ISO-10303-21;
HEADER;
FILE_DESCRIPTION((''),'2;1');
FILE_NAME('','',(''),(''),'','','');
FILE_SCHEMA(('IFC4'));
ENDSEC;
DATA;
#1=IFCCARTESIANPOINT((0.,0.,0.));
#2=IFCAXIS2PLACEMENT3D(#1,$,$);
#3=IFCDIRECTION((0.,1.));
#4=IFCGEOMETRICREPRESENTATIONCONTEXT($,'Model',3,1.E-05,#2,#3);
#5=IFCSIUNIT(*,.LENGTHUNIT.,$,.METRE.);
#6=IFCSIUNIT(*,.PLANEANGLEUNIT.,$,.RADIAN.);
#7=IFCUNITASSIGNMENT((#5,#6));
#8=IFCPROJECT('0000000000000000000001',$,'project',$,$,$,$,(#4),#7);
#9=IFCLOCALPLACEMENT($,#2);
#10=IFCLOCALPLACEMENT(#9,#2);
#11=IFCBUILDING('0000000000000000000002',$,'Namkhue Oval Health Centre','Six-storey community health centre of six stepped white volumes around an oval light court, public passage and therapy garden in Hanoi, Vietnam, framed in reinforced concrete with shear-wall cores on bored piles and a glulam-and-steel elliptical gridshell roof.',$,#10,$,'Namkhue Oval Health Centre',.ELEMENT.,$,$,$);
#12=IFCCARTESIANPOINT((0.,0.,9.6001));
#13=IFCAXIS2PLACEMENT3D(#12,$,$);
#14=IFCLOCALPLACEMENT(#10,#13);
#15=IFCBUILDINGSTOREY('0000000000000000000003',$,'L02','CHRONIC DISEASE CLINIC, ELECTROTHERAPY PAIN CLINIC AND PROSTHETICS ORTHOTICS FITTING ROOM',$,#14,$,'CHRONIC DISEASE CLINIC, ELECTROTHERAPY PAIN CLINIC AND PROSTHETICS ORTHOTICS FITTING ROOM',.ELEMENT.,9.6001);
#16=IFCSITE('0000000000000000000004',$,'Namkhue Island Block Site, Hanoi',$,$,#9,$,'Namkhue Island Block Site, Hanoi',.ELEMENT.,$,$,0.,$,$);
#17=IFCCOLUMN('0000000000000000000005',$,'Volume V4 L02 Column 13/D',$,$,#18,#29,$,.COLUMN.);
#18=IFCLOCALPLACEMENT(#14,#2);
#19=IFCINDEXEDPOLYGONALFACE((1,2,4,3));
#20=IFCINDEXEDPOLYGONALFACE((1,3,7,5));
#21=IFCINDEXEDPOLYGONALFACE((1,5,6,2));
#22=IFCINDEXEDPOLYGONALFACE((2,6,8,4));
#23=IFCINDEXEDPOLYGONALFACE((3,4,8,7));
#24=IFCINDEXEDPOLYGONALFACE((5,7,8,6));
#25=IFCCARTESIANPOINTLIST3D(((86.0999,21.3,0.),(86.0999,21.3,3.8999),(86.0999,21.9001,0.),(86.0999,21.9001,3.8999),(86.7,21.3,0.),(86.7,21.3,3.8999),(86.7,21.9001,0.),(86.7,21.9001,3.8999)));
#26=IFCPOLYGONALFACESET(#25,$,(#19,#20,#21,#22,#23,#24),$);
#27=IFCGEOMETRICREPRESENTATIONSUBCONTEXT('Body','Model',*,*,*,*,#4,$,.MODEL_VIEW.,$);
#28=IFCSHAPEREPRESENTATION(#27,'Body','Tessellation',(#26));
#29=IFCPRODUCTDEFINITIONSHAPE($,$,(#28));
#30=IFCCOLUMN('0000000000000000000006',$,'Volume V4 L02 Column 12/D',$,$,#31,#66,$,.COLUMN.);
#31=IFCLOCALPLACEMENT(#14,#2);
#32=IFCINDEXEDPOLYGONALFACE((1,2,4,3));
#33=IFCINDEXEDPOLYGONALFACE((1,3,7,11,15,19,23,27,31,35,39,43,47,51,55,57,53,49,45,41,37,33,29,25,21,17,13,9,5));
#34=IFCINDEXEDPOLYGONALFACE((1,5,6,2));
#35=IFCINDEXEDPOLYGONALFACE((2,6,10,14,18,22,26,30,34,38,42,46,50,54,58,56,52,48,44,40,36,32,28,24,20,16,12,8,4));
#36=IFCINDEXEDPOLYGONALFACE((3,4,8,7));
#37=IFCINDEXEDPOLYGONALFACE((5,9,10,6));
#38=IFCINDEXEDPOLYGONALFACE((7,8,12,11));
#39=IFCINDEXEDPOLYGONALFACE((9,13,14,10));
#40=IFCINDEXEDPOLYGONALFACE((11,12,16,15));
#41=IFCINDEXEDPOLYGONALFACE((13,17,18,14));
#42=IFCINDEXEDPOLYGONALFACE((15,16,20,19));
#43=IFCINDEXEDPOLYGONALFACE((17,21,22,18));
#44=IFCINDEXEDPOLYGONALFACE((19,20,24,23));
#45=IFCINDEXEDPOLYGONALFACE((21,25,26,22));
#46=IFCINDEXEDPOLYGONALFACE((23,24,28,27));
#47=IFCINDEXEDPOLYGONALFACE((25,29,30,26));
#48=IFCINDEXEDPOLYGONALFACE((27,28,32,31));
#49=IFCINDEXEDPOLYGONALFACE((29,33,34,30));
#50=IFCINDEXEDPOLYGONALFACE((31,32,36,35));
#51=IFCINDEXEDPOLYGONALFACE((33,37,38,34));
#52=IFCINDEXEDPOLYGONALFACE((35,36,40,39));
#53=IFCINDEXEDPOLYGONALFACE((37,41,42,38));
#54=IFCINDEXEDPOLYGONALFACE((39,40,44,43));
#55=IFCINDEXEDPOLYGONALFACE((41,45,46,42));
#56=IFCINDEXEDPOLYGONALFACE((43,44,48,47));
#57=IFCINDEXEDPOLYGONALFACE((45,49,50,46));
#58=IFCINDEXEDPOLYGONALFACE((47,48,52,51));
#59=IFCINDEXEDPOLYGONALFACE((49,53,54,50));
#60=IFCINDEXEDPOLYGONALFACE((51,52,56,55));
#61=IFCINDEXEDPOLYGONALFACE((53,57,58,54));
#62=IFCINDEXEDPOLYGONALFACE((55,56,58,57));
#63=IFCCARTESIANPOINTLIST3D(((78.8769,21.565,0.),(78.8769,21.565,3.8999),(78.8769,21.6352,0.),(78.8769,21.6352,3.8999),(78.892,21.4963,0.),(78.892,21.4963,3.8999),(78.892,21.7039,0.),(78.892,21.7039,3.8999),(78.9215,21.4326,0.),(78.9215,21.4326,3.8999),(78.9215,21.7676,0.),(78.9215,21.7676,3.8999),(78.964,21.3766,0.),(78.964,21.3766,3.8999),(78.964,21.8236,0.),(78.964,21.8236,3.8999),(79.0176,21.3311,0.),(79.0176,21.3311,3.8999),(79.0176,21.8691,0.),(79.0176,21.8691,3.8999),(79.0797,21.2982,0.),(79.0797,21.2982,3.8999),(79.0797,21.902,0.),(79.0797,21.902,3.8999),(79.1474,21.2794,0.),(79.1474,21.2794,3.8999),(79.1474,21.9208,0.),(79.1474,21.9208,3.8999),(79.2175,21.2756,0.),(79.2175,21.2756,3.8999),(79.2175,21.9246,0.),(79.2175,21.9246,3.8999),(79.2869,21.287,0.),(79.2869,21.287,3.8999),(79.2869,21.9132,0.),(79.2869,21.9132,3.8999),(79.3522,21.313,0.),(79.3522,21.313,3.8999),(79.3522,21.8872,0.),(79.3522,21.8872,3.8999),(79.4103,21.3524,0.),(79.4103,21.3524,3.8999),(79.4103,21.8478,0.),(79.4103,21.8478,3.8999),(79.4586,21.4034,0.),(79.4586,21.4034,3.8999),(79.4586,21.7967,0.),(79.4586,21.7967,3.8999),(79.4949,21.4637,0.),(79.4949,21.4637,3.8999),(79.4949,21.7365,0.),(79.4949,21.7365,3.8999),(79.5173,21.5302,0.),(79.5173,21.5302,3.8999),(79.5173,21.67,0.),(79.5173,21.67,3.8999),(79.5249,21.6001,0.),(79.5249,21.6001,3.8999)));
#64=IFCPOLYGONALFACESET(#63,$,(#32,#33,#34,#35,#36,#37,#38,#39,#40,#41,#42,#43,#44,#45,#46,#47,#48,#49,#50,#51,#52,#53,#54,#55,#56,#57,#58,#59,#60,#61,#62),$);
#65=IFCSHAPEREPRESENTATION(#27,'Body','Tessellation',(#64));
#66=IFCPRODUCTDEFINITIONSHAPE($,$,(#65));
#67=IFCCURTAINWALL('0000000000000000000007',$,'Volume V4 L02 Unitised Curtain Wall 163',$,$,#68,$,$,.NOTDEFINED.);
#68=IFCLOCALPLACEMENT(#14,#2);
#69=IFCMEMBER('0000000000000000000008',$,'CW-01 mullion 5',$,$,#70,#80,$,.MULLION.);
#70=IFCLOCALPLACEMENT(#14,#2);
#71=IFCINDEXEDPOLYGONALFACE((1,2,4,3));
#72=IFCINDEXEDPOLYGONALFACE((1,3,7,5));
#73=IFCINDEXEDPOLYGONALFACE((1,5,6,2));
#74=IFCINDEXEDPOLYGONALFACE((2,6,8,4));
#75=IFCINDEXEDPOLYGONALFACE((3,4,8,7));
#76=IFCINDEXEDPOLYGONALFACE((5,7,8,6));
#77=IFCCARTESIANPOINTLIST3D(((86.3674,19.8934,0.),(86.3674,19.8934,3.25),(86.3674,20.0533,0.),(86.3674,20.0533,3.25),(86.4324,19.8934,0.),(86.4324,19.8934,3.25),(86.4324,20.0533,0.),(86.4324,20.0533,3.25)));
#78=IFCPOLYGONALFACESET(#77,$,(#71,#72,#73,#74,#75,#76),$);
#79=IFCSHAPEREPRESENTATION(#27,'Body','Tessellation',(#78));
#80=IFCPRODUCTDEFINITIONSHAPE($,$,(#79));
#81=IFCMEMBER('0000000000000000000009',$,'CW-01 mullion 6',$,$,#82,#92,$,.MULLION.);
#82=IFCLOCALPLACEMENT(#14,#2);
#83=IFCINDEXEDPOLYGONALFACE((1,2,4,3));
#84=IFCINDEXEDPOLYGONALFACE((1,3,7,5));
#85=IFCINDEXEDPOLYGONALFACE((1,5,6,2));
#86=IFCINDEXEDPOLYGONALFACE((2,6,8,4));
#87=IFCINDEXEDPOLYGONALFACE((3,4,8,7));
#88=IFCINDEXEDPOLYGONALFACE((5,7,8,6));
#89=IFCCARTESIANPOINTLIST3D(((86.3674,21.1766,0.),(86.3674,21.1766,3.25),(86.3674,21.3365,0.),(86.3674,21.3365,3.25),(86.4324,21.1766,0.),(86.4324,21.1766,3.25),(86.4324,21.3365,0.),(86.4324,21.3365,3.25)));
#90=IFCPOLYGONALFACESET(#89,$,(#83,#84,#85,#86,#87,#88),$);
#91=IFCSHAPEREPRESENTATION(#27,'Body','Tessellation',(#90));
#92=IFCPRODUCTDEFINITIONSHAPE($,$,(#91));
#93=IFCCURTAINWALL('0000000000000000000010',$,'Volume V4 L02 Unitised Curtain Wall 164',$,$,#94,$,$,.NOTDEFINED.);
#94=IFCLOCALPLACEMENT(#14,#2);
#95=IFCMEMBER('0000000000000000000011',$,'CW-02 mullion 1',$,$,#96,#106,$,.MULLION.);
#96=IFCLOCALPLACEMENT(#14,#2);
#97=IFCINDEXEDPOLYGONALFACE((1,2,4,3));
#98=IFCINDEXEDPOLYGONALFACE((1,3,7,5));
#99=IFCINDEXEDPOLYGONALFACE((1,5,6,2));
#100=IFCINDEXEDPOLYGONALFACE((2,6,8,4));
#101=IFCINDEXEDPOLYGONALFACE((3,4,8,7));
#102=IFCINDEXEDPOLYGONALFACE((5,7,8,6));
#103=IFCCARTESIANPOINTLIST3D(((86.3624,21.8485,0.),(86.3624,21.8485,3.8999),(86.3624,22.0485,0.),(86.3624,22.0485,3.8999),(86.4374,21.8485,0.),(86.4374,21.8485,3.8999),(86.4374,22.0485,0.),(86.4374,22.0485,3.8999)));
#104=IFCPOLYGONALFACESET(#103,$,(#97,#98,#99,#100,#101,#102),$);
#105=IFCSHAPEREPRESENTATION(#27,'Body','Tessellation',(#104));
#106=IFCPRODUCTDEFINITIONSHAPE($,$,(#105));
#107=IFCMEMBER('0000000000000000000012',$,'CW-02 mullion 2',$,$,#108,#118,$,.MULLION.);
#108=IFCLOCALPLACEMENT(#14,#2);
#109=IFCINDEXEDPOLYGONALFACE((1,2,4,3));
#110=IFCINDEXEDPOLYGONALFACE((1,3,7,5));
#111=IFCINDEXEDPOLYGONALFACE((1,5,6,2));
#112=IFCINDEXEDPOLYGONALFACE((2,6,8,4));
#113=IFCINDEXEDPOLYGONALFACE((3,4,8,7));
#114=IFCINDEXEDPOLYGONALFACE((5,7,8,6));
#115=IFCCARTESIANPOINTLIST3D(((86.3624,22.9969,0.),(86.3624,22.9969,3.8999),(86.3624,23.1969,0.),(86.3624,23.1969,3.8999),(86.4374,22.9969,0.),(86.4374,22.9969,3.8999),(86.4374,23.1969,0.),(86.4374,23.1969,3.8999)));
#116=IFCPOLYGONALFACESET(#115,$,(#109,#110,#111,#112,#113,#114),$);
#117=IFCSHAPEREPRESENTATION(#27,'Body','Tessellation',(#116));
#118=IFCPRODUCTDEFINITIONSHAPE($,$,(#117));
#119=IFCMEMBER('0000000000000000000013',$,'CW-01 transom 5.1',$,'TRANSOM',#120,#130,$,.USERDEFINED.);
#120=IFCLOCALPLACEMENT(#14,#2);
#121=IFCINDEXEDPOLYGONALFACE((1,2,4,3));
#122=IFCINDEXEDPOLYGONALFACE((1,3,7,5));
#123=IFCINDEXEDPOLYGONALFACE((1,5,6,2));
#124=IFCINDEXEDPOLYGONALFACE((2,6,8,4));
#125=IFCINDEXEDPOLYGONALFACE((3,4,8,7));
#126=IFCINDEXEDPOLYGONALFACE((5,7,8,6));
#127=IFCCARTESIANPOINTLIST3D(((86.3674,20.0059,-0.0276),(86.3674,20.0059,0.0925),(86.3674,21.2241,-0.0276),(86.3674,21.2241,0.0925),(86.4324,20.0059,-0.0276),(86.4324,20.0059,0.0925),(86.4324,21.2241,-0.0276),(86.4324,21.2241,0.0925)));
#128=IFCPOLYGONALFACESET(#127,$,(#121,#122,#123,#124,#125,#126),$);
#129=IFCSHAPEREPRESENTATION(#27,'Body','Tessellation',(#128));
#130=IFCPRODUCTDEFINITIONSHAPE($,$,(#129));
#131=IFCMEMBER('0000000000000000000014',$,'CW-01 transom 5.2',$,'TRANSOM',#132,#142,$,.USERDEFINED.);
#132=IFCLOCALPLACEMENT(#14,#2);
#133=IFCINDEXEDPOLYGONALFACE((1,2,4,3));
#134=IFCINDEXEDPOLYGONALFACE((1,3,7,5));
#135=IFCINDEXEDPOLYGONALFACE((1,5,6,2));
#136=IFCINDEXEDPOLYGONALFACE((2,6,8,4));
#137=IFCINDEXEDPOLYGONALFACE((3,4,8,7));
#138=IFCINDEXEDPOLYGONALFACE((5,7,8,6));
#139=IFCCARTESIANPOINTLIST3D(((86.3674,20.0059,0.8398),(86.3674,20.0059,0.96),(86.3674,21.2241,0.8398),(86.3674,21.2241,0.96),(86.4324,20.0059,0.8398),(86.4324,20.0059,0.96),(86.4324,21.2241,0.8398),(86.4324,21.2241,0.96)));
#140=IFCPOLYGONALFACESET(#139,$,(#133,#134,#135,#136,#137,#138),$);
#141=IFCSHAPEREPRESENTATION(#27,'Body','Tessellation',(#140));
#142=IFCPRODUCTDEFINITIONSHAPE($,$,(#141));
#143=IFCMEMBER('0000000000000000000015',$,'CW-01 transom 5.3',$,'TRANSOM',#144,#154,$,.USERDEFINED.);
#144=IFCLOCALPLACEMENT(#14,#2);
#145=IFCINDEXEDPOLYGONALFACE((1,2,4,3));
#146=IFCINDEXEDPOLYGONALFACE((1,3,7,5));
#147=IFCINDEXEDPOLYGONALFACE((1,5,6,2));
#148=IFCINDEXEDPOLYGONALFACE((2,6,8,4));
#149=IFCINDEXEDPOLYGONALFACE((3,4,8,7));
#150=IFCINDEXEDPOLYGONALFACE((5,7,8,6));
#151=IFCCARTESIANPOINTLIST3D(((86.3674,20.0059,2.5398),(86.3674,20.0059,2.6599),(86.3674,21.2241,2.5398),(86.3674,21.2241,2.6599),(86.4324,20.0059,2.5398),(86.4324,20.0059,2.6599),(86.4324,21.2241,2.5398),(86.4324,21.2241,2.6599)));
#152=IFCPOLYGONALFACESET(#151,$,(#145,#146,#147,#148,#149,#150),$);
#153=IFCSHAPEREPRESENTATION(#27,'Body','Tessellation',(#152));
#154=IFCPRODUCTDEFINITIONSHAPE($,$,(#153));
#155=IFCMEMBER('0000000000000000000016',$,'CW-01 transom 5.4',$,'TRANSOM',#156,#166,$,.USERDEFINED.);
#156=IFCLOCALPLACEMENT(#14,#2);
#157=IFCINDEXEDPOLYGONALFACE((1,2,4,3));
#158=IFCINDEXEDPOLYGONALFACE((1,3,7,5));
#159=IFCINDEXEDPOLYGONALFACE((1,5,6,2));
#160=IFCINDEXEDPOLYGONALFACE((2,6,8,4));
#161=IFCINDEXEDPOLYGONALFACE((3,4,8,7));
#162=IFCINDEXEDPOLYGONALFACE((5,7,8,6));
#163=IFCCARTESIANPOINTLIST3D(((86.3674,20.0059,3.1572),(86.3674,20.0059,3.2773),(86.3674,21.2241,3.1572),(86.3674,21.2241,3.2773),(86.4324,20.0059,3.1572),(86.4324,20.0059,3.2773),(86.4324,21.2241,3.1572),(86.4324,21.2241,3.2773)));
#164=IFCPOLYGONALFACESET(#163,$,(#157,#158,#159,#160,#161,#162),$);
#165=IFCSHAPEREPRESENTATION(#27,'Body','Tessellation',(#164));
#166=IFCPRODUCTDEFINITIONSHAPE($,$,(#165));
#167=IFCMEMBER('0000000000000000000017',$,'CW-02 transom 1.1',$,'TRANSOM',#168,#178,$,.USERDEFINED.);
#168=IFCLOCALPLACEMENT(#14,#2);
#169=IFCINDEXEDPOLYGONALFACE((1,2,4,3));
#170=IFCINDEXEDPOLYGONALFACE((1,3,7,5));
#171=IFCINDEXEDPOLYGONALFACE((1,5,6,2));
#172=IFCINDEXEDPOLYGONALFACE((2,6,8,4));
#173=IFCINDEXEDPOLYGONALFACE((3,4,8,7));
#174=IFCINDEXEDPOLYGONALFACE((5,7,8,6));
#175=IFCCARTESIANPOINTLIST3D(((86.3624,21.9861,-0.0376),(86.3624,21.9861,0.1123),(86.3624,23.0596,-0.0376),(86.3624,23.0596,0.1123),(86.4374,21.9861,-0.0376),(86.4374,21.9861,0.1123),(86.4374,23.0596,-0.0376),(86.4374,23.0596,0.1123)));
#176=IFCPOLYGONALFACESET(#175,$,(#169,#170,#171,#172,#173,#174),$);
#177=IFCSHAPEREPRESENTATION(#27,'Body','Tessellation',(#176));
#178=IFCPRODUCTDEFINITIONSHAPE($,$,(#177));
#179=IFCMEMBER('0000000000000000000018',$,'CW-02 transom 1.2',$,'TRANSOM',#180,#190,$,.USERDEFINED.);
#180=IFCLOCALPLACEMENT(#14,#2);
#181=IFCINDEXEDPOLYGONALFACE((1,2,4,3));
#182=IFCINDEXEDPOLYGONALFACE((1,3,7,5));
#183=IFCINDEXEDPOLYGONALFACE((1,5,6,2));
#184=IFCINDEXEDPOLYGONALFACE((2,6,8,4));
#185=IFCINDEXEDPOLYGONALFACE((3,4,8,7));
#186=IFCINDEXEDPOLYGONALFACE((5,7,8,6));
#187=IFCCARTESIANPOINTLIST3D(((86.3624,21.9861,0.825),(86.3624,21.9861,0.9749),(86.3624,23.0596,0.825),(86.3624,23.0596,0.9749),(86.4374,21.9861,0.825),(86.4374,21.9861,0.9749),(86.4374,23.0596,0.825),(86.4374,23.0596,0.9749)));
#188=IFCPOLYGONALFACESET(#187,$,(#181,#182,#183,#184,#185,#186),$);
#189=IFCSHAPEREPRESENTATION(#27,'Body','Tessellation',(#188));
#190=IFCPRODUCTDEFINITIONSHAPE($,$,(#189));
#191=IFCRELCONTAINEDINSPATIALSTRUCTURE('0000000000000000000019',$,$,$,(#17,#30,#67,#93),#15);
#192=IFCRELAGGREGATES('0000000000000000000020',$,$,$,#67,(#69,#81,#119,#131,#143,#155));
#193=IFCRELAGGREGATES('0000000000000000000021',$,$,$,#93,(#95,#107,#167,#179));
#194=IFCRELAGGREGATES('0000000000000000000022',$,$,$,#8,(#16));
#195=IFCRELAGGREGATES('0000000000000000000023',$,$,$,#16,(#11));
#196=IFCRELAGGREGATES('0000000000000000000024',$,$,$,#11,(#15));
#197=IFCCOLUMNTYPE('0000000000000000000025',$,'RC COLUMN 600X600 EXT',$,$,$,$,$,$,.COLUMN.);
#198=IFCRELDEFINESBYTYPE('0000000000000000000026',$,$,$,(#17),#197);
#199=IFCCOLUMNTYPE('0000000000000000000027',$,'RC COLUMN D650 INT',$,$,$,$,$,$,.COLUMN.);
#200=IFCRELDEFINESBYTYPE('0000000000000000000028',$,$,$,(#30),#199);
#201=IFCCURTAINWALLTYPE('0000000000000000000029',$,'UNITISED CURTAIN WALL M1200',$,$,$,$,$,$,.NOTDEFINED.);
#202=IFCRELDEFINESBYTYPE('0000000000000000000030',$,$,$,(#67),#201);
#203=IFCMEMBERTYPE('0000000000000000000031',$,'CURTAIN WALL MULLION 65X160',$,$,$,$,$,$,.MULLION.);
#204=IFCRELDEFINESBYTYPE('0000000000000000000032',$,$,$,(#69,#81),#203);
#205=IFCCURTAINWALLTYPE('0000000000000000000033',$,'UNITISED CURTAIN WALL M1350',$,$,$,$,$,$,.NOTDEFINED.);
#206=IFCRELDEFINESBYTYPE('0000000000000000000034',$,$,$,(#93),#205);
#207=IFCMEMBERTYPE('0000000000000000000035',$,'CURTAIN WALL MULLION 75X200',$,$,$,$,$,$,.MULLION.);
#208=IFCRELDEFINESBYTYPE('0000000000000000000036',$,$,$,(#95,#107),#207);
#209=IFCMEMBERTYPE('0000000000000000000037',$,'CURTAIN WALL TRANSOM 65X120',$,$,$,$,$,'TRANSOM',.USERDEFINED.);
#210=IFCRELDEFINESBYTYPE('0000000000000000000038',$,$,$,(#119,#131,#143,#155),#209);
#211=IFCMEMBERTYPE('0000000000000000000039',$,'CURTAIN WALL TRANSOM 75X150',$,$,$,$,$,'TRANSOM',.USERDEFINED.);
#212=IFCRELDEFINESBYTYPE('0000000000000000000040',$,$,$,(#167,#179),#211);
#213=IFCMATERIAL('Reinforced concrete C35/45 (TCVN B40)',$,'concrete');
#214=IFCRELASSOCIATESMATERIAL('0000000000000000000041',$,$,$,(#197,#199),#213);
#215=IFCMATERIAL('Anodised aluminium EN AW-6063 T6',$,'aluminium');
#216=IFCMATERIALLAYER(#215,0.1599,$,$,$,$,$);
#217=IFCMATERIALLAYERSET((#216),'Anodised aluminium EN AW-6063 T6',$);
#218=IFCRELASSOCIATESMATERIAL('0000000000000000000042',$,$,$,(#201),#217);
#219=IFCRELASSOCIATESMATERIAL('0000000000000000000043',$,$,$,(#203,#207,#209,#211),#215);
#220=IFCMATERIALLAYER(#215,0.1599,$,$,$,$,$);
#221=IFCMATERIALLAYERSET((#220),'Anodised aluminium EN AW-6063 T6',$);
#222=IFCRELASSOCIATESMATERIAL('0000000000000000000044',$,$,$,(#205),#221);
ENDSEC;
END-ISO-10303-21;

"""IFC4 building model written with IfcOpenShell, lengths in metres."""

from ifc_helpers import new_model, si_unit, direction, frame, origin, origin_2d, place, context, subcontext, project, spatial, rectangle, circle, extrude, material, layer, layer_set, material_profile, profile_set, type_object, element, aggregate, save


model = new_model("IFC4")

# Units and contexts
model_context = context("Model", 3, precision=1e-05, world=origin(), true_north=direction((0.0, 1.0)))
body_context = subcontext(model_context, "Body", "Model", "MODEL_VIEW")
ifc_project = project(units=[si_unit("LENGTHUNIT", "METRE"), si_unit("PLANEANGLEUNIT", "RADIAN")], contexts=[model_context])

# Site, building, storey
site_placement = place(None, origin())
site = spatial("IfcSite", under=ifc_project, at=site_placement, Name="Namkhue Island Block Site, Hanoi", LongName="Namkhue Island Block Site, Hanoi", CompositionType="ELEMENT", RefElevation=0.0)
building_placement = place(site_placement, origin())
building = spatial("IfcBuilding", under=site, at=building_placement, Name="Namkhue Oval Health Centre", Description="Six-storey community health centre of six stepped white volumes around an oval light court, public passage and therapy garden in Hanoi, Vietnam, framed in reinforced concrete with shear-wall cores on bored piles and a glulam-and-steel elliptical gridshell roof.", LongName="Namkhue Oval Health Centre", CompositionType="ELEMENT")
storey_placement = place(building_placement, frame((0.0, 0.0, 9.6001)))
storey = spatial("IfcBuildingStorey", under=building, at=storey_placement, Name="L02", Description="CHRONIC DISEASE CLINIC, ELECTROTHERAPY PAIN CLINIC AND PROSTHETICS ORTHOTICS FITTING ROOM", LongName="CHRONIC DISEASE CLINIC, ELECTROTHERAPY PAIN CLINIC AND PROSTHETICS ORTHOTICS FITTING ROOM", CompositionType="ELEMENT", Elevation=9.6001)

# Columns
ifc_material_1 = material(Name="Reinforced concrete C35/45 (TCVN B40)", Category="concrete")
ifc_material_profile_1 = material_profile(ifc_material_1, rectangle(XDim=0.6001, YDim=0.6001, at=origin_2d()), Name="RC 600x600")
ifc_profile_set_1 = profile_set([ifc_material_profile_1], Name="Reinforced concrete C35/45 (TCVN B40)")
column_type_1 = type_object("IfcColumnType", Name="RC COLUMN 600X600 EXT", PredefinedType="COLUMN", material=ifc_profile_set_1)
column_1_placement = place(storey_placement, frame((86.3999, 21.6001, 0.0), z_axis=(0.0, 0.0, 1.0), x_axis=(1.0, 0.0, 0.0)))
element("IfcColumn", 1, at=column_1_placement, inside=storey, type_object=column_type_1, Name="Volume V4 L02 Column 13/D", PredefinedType="COLUMN", context=body_context, shape_type="SweptSolid", body=[
    extrude(rectangle(XDim=0.6001, YDim=0.6001, at=origin_2d()), origin(), (0.0, 0.0, 1.0), 3.8999),
])
ifc_material_profile_2 = material_profile(ifc_material_1, circle(Radius=0.325, at=origin_2d()), Name="RC D650")
ifc_profile_set_2 = profile_set([ifc_material_profile_2], Name="Reinforced concrete C35/45 (TCVN B40)")
column_type_2 = type_object("IfcColumnType", Name="RC COLUMN D650 INT", PredefinedType="COLUMN", material=ifc_profile_set_2)
column_2_placement = place(storey_placement, frame((79.2, 21.6001, 0.0), z_axis=(0.0, 0.0, 1.0), x_axis=(1.0, 0.0, 0.0)))
element("IfcColumn", 2, at=column_2_placement, inside=storey, type_object=column_type_2, Name="Volume V4 L02 Column 12/D", PredefinedType="COLUMN", context=body_context, shape_type="SweptSolid", body=[
    extrude(circle(Radius=0.325, at=origin_2d()), origin(), (0.0, 0.0, 1.0), 3.8999),
])

# Curtain walls, members
ifc_material_2 = material(Name="Anodised aluminium EN AW-6063 T6", Category="aluminium")
ifc_layer_1 = layer(ifc_material_2, 0.1599)
ifc_layer_set_1 = layer_set([ifc_layer_1], Name="Anodised aluminium EN AW-6063 T6")
curtain_wall_type_1 = type_object("IfcCurtainWallType", Name="UNITISED CURTAIN WALL M1200", PredefinedType="NOTDEFINED", material=ifc_layer_set_1)
curtain_wall_1_placement = place(storey_placement, origin())
curtain_wall_1 = element("IfcCurtainWall", 3, at=curtain_wall_1_placement, inside=storey, type_object=curtain_wall_type_1, Name="Volume V4 L02 Unitised Curtain Wall 163", PredefinedType="NOTDEFINED")
ifc_material_profile_3 = material_profile(ifc_material_2, rectangle(XDim=0.0649, YDim=0.1599, at=origin_2d()), Name="ALU 65x160")
ifc_profile_set_3 = profile_set([ifc_material_profile_3], Name="Anodised aluminium EN AW-6063 T6")
member_type_1 = type_object("IfcMemberType", Name="CURTAIN WALL MULLION 65X160", PredefinedType="MULLION", material=ifc_profile_set_3)
member_1_placement = place(storey_placement, frame((86.3999, 19.9734, 0.0), z_axis=(0.0, 0.0, 1.0), x_axis=(-1.0, 0.0, 0.0)))
member_1 = element("IfcMember", 4, at=member_1_placement, type_object=member_type_1, Name="CW-01 mullion 5", PredefinedType="MULLION", context=body_context, shape_type="SweptSolid", body=[
    extrude(rectangle(XDim=0.0649, YDim=0.1599, at=origin_2d()), origin(), (0.0, 0.0, 1.0), 3.25),
])
member_2_placement = place(storey_placement, frame((86.3999, 21.2566, 0.0), z_axis=(0.0, 0.0, 1.0), x_axis=(-1.0, 0.0, 0.0)))
member_2 = element("IfcMember", 5, at=member_2_placement, type_object=member_type_1, Name="CW-01 mullion 6", PredefinedType="MULLION", context=body_context, shape_type="SweptSolid", body=[
    extrude(rectangle(XDim=0.0649, YDim=0.1599, at=origin_2d()), origin(), (0.0, 0.0, 1.0), 3.25),
])
ifc_layer_2 = layer(ifc_material_2, 0.1599)
ifc_layer_set_2 = layer_set([ifc_layer_2], Name="Anodised aluminium EN AW-6063 T6")
curtain_wall_type_2 = type_object("IfcCurtainWallType", Name="UNITISED CURTAIN WALL M1350", PredefinedType="NOTDEFINED", material=ifc_layer_set_2)
curtain_wall_2_placement = place(storey_placement, origin())
curtain_wall_2 = element("IfcCurtainWall", 6, at=curtain_wall_2_placement, inside=storey, type_object=curtain_wall_type_2, Name="Volume V4 L02 Unitised Curtain Wall 164", PredefinedType="NOTDEFINED")
ifc_material_profile_4 = material_profile(ifc_material_2, rectangle(XDim=0.075, YDim=0.2, at=origin_2d()), Name="ALU 75x200")
ifc_profile_set_4 = profile_set([ifc_material_profile_4], Name="Anodised aluminium EN AW-6063 T6")
member_type_2 = type_object("IfcMemberType", Name="CURTAIN WALL MULLION 75X200", PredefinedType="MULLION", material=ifc_profile_set_4)
member_3_placement = place(storey_placement, frame((86.3999, 21.9485, 0.0), z_axis=(0.0, 0.0, 1.0), x_axis=(-1.0, 0.0, 0.0)))
member_3 = element("IfcMember", 7, at=member_3_placement, type_object=member_type_2, Name="CW-02 mullion 1", PredefinedType="MULLION", context=body_context, shape_type="SweptSolid", body=[
    extrude(rectangle(XDim=0.075, YDim=0.2, at=origin_2d()), origin(), (0.0, 0.0, 1.0), 3.8999),
])
member_4_placement = place(storey_placement, frame((86.3999, 23.0969, 0.0), z_axis=(0.0, 0.0, 1.0), x_axis=(-1.0, 0.0, 0.0)))
member_4 = element("IfcMember", 8, at=member_4_placement, type_object=member_type_2, Name="CW-02 mullion 2", PredefinedType="MULLION", context=body_context, shape_type="SweptSolid", body=[
    extrude(rectangle(XDim=0.075, YDim=0.2, at=origin_2d()), origin(), (0.0, 0.0, 1.0), 3.8999),
])

# Members
ifc_material_profile_5 = material_profile(ifc_material_2, rectangle(XDim=0.0649, YDim=0.1201, at=origin_2d()), Name="ALU 65x120")
ifc_profile_set_5 = profile_set([ifc_material_profile_5], Name="Anodised aluminium EN AW-6063 T6")
member_type_3 = type_object("IfcMemberType", Name="CURTAIN WALL TRANSOM 65X120", ElementType="TRANSOM", PredefinedType="USERDEFINED", material=ifc_profile_set_5)
member_5_placement = place(storey_placement, frame((86.3999, 20.0059, 0.0325), z_axis=(0.0, 1.0, 0.0), x_axis=(-1.0, 0.0, 0.0)))
member_5 = element("IfcMember", 9, at=member_5_placement, type_object=member_type_3, Name="CW-01 transom 5.1", ObjectType="TRANSOM", PredefinedType="USERDEFINED", context=body_context, shape_type="SweptSolid", body=[
    extrude(rectangle(XDim=0.0649, YDim=0.1201, at=origin_2d()), origin(), (0.0, 0.0, 1.0), 1.2183),
])
member_6_placement = place(storey_placement, frame((86.3999, 20.0059, 0.8999), z_axis=(0.0, 1.0, 0.0), x_axis=(-1.0, 0.0, 0.0)))
member_6 = element("IfcMember", 10, at=member_6_placement, type_object=member_type_3, Name="CW-01 transom 5.2", ObjectType="TRANSOM", PredefinedType="USERDEFINED", context=body_context, shape_type="SweptSolid", body=[
    extrude(rectangle(XDim=0.0649, YDim=0.1201, at=origin_2d()), origin(), (0.0, 0.0, 1.0), 1.2183),
])
member_7_placement = place(storey_placement, frame((86.3999, 20.0059, 2.5999), z_axis=(0.0, 1.0, 0.0), x_axis=(-1.0, 0.0, 0.0)))
member_7 = element("IfcMember", 11, at=member_7_placement, type_object=member_type_3, Name="CW-01 transom 5.3", ObjectType="TRANSOM", PredefinedType="USERDEFINED", context=body_context, shape_type="SweptSolid", body=[
    extrude(rectangle(XDim=0.0649, YDim=0.1201, at=origin_2d()), origin(), (0.0, 0.0, 1.0), 1.2183),
])
member_8_placement = place(storey_placement, frame((86.3999, 20.0059, 3.2173), z_axis=(0.0, 1.0, 0.0), x_axis=(-1.0, 0.0, 0.0)))
member_8 = element("IfcMember", 12, at=member_8_placement, type_object=member_type_3, Name="CW-01 transom 5.4", ObjectType="TRANSOM", PredefinedType="USERDEFINED", context=body_context, shape_type="SweptSolid", body=[
    extrude(rectangle(XDim=0.0649, YDim=0.1201, at=origin_2d()), origin(), (0.0, 0.0, 1.0), 1.2183),
])
ifc_material_profile_6 = material_profile(ifc_material_2, rectangle(XDim=0.075, YDim=0.1499, at=origin_2d()), Name="ALU 75x150")
ifc_profile_set_6 = profile_set([ifc_material_profile_6], Name="Anodised aluminium EN AW-6063 T6")
member_type_4 = type_object("IfcMemberType", Name="CURTAIN WALL TRANSOM 75X150", ElementType="TRANSOM", PredefinedType="USERDEFINED", material=ifc_profile_set_6)
member_9_placement = place(storey_placement, frame((86.3999, 21.9861, 0.0374), z_axis=(0.0, 1.0, 0.0), x_axis=(-1.0, 0.0, 0.0)))
member_9 = element("IfcMember", 13, at=member_9_placement, type_object=member_type_4, Name="CW-02 transom 1.1", ObjectType="TRANSOM", PredefinedType="USERDEFINED", context=body_context, shape_type="SweptSolid", body=[
    extrude(rectangle(XDim=0.075, YDim=0.1499, at=origin_2d()), origin(), (0.0, 0.0, 1.0), 1.0735),
])
member_10_placement = place(storey_placement, frame((86.3999, 21.9861, 0.8999), z_axis=(0.0, 1.0, 0.0), x_axis=(-1.0, 0.0, 0.0)))
member_10 = element("IfcMember", 14, at=member_10_placement, type_object=member_type_4, Name="CW-02 transom 1.2", ObjectType="TRANSOM", PredefinedType="USERDEFINED", context=body_context, shape_type="SweptSolid", body=[
    extrude(rectangle(XDim=0.075, YDim=0.1499, at=origin_2d()), origin(), (0.0, 0.0, 1.0), 1.0735),
])

aggregate(curtain_wall_1, [member_1, member_2, member_5, member_6, member_7, member_8])
aggregate(curtain_wall_2, [member_3, member_4, member_9, member_10])

save(model, "model.ifc")
